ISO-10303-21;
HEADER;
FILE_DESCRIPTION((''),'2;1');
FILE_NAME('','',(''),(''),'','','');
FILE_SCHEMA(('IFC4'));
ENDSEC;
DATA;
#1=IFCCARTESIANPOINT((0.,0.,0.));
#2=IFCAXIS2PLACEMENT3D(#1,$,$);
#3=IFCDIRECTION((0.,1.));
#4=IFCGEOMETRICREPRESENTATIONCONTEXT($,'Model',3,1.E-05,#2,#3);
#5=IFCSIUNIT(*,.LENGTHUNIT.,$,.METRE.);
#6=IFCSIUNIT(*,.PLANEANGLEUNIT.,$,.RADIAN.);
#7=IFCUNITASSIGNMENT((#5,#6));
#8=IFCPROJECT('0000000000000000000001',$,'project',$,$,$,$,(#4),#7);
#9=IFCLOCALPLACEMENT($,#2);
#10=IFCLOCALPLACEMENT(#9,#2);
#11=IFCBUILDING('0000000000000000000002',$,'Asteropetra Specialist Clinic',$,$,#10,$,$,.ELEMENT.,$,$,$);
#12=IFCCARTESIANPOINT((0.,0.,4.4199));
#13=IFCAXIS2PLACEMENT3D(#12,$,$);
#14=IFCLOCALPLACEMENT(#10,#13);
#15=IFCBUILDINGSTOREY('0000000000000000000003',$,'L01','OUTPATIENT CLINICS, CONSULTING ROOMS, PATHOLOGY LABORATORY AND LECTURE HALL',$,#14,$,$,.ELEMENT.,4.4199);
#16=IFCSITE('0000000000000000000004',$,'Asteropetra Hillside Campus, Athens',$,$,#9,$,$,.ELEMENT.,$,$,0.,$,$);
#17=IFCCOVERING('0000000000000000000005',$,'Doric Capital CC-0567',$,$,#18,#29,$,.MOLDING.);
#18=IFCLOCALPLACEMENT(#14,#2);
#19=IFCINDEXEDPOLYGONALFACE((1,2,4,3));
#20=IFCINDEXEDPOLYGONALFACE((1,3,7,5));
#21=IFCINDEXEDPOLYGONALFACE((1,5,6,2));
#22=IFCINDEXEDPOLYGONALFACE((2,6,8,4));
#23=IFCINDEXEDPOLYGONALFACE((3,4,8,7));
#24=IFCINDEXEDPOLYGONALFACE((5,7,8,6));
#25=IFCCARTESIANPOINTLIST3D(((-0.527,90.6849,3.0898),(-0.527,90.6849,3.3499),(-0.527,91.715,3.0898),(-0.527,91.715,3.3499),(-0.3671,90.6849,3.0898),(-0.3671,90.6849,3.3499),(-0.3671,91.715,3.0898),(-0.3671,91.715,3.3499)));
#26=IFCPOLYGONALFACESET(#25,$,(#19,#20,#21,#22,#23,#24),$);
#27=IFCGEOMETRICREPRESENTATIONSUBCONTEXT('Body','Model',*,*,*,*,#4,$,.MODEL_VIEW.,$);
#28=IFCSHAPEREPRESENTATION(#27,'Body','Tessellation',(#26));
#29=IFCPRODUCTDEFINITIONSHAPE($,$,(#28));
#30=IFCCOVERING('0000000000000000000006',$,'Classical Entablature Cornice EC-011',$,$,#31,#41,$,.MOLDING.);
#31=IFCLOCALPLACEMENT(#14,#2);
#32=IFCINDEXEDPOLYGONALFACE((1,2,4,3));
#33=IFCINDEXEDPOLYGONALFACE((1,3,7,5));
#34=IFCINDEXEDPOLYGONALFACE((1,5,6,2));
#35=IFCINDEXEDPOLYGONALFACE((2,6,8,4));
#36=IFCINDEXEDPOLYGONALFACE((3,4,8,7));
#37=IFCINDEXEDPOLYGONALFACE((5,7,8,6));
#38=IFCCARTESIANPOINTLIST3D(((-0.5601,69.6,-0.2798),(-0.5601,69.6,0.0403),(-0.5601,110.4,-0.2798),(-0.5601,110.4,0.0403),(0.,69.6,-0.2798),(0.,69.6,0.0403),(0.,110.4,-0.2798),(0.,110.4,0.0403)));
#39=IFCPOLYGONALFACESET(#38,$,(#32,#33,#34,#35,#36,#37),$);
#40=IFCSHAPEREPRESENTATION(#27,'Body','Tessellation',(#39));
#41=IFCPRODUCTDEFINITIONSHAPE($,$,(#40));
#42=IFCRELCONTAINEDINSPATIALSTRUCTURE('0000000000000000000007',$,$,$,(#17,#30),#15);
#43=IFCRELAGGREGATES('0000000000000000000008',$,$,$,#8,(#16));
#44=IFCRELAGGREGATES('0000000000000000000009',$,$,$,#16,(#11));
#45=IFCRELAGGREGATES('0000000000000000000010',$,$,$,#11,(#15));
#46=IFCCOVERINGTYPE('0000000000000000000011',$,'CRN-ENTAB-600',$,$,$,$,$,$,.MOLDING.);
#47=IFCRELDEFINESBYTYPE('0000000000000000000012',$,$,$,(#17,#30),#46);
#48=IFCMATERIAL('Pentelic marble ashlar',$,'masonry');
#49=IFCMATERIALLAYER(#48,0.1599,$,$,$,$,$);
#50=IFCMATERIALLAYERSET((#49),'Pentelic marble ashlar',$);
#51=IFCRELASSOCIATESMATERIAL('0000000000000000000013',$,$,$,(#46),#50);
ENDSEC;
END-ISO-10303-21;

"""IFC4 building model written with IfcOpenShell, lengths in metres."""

from ifc_helpers import new_model, si_unit, direction, frame, origin, origin_2d, place, context, subcontext, project, spatial, rectangle, extrude, material, layer, layer_set, type_object, element, save


model = new_model("IFC4")

# Units and contexts
model_context = context("Model", 3, precision=1e-05, world=origin(), true_north=direction((0.0, 1.0)))
body_context = subcontext(model_context, "Body", "Model", "MODEL_VIEW")
ifc_project = project(units=[si_unit("LENGTHUNIT", "METRE"), si_unit("PLANEANGLEUNIT", "RADIAN")], contexts=[model_context])

# Site, building, storey
site_placement = place(None, origin())
site = spatial("IfcSite", under=ifc_project, at=site_placement, Name="Asteropetra Hillside Campus, Athens", CompositionType="ELEMENT", RefElevation=0.0)
building_placement = place(site_placement, origin())
building = spatial("IfcBuilding", under=site, at=building_placement, Name="Asteropetra Specialist Clinic", CompositionType="ELEMENT")
storey_placement = place(building_placement, frame((0.0, 0.0, 4.4199)))
storey = spatial("IfcBuildingStorey", under=building, at=storey_placement, Name="L01", Description="OUTPATIENT CLINICS, CONSULTING ROOMS, PATHOLOGY LABORATORY AND LECTURE HALL", CompositionType="ELEMENT", Elevation=4.4199)

# Coverings
ifc_material_1 = material(Name="Pentelic marble ashlar", Category="masonry")
ifc_layer_1 = layer(ifc_material_1, 0.1599)
ifc_layer_set_1 = layer_set([ifc_layer_1], Name="Pentelic marble ashlar")
covering_type = type_object("IfcCoveringType", Name="CRN-ENTAB-600", PredefinedType="MOLDING", material=ifc_layer_set_1)
for number, where, z_axis, x_axis, name in (
    (1, (-0.447, 91.2, 3.0898), (0.0, 0.0, 1.0), (1.0, 0.0, 0.0), "Doric Capital CC-0567"),
):
    element("IfcCovering", number, at=place(storey_placement, frame(where, z_axis=z_axis, x_axis=x_axis)), inside=storey, type_object=covering_type, Name=name, PredefinedType="MOLDING", context=body_context, shape_type="SweptSolid", body=[
        extrude(rectangle(XDim=0.1599, YDim=1.03, at=origin_2d()), origin(), (0.0, 0.0, 1.0), 0.26),
    ])
covering_1_placement = place(storey_placement, frame((-0.28, 90.0, -0.2798), z_axis=(0.0, 0.0, 1.0), x_axis=(1.0, 0.0, 0.0)))
element("IfcCovering", 2, at=covering_1_placement, inside=storey, type_object=covering_type, Name="Classical Entablature Cornice EC-011", PredefinedType="MOLDING", context=body_context, shape_type="SweptSolid", body=[
    extrude(rectangle(XDim=0.5601, YDim=40.8, at=origin_2d()), origin(), (0.0, 0.0, 1.0), 0.3201),
])

save(model, "model.ifc")
